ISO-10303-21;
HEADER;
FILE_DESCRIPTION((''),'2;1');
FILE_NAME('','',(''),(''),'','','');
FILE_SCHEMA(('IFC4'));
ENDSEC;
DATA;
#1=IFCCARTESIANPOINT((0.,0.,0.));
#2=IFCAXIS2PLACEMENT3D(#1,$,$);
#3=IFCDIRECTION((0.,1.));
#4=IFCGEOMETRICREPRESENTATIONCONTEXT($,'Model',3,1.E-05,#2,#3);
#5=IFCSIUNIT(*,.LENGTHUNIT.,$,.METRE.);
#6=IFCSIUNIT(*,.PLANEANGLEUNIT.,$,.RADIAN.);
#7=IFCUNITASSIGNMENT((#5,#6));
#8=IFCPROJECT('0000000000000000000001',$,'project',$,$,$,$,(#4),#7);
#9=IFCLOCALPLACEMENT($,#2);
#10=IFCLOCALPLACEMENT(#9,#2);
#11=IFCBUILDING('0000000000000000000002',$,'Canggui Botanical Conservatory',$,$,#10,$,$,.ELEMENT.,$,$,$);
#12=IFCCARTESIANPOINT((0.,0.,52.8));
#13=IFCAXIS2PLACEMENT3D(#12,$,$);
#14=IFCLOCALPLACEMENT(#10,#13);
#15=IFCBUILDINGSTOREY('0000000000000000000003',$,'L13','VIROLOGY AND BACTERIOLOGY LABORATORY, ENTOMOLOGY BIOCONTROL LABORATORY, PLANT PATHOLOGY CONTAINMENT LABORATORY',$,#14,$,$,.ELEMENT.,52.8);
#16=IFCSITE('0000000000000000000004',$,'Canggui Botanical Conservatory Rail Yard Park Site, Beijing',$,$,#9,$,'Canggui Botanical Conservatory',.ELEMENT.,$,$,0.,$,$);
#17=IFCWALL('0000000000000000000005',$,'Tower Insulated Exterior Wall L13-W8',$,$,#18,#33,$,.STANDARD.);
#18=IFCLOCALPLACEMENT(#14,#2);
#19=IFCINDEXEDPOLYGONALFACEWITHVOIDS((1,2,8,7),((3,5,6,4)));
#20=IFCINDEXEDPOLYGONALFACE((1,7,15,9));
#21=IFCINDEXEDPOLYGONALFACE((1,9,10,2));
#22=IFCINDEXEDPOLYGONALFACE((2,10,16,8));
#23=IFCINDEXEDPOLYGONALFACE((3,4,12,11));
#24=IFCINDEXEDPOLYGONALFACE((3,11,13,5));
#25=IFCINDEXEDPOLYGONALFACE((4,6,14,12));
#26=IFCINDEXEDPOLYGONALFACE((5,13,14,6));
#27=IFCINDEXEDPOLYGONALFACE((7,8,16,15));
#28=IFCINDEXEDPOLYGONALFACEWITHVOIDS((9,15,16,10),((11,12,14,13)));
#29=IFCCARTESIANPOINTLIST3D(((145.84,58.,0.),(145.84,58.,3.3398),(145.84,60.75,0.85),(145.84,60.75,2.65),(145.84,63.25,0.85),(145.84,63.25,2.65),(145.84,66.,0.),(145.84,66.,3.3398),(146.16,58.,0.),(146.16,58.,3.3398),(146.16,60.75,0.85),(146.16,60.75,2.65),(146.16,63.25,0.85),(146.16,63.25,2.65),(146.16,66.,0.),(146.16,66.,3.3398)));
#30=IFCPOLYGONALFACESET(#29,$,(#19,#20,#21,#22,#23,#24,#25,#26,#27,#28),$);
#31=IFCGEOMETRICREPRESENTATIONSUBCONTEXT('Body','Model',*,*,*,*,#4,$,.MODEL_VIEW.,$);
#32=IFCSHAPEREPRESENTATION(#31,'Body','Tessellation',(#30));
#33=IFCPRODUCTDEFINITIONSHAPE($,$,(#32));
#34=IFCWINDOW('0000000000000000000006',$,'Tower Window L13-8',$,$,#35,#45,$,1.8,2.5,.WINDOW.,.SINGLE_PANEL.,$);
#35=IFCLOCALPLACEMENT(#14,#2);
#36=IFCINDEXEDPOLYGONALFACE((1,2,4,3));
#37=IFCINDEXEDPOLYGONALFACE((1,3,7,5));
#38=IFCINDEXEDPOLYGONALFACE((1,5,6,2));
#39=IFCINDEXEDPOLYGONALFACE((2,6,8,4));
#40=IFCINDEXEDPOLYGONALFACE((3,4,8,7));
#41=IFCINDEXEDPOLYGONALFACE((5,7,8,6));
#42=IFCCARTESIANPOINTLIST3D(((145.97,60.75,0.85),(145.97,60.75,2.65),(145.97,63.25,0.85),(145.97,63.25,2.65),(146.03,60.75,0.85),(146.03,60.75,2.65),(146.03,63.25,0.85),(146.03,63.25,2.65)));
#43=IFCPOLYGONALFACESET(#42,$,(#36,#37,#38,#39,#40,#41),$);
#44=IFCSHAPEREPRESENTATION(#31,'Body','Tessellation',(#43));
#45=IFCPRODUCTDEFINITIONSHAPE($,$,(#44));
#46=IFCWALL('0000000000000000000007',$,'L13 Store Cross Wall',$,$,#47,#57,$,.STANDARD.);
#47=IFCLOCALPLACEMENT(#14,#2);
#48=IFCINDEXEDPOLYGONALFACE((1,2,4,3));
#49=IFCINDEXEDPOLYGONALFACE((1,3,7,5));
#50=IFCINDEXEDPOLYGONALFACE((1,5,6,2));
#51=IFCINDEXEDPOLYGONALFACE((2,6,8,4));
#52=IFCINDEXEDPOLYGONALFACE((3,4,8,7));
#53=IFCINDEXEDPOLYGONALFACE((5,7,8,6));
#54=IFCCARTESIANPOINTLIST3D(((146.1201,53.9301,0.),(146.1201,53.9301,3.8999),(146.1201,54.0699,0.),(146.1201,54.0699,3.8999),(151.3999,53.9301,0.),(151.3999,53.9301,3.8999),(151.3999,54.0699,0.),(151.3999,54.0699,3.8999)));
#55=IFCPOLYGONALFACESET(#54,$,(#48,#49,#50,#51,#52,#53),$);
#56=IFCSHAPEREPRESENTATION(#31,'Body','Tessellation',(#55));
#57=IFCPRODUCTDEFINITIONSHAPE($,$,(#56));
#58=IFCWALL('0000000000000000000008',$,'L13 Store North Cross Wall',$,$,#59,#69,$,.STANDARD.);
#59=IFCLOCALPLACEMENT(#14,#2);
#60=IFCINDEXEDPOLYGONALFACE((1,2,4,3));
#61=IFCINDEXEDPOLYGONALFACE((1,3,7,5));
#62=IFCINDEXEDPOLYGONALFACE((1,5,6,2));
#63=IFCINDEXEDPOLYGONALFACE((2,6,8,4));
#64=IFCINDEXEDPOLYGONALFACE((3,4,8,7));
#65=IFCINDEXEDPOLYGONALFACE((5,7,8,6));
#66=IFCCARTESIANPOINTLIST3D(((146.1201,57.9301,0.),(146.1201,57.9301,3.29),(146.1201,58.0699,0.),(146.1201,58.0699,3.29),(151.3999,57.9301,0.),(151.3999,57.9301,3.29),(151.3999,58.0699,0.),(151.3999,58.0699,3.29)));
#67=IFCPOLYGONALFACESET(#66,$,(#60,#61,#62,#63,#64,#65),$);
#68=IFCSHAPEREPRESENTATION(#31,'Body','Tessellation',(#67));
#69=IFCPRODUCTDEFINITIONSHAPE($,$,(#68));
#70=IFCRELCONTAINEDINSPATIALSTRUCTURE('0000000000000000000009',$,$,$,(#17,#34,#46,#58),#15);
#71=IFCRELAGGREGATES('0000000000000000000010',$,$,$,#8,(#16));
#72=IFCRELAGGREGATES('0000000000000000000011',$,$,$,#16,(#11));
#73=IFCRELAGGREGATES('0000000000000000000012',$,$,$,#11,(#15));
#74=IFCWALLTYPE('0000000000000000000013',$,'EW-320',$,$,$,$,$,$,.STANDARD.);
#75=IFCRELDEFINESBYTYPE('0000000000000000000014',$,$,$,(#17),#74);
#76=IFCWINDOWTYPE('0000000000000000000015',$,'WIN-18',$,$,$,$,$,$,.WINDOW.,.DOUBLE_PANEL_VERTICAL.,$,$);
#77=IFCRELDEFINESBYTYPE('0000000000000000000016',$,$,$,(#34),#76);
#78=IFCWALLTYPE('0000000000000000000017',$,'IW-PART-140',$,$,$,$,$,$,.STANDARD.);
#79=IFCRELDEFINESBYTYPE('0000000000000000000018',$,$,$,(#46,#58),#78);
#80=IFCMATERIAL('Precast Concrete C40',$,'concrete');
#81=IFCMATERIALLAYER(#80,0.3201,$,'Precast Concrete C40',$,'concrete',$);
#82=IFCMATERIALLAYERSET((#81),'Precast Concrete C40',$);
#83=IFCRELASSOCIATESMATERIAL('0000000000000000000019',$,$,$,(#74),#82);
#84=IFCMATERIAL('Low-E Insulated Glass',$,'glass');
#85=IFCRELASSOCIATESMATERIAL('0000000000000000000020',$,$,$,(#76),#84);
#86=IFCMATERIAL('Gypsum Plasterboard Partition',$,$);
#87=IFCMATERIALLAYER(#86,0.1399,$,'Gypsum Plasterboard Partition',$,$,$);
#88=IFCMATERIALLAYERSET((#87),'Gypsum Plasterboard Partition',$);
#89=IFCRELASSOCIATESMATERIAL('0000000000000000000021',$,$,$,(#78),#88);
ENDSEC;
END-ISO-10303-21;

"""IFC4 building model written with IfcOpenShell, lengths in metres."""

from ifc_helpers import new_model, si_unit, direction, frame, frame_2d, origin, place, context, subcontext, project, spatial, rectangle, extrude, material, layer, layer_set, type_object, element, fill, save


model = new_model("IFC4")

# Units and contexts
model_context = context("Model", 3, precision=1e-05, world=origin(), true_north=direction((0.0, 1.0)))
body_context = subcontext(model_context, "Body", "Model", "MODEL_VIEW")
ifc_project = project(units=[si_unit("LENGTHUNIT", "METRE"), si_unit("PLANEANGLEUNIT", "RADIAN")], contexts=[model_context])

# Site, building, storey
site_placement = place(None, origin())
site = spatial("IfcSite", under=ifc_project, at=site_placement, Name="Canggui Botanical Conservatory Rail Yard Park Site, Beijing", LongName="Canggui Botanical Conservatory", CompositionType="ELEMENT", RefElevation=0.0)
building_placement = place(site_placement, origin())
building = spatial("IfcBuilding", under=site, at=building_placement, Name="Canggui Botanical Conservatory", CompositionType="ELEMENT")
storey_placement = place(building_placement, frame((0.0, 0.0, 52.8)))
storey = spatial("IfcBuildingStorey", under=building, at=storey_placement, Name="L13", Description="VIROLOGY AND BACTERIOLOGY LABORATORY, ENTOMOLOGY BIOCONTROL LABORATORY, PLANT PATHOLOGY CONTAINMENT LABORATORY", CompositionType="ELEMENT", Elevation=52.8)

# Shared definitions
ifc_material_1 = material(Name="Low-E Insulated Glass", Category="glass")

# Wall, opening, window
ifc_material_2 = material(Name="Precast Concrete C40", Category="concrete")
ifc_layer_1 = layer(ifc_material_2, 0.3201, Name="Precast Concrete C40", Category="concrete")
ifc_layer_set_1 = layer_set([ifc_layer_1], Name="Precast Concrete C40")
wall_type_1 = type_object("IfcWallType", Name="EW-320", PredefinedType="STANDARD", material=ifc_layer_set_1)
wall_1_placement = place(storey_placement, frame((146.0, 58.0, 0.0), z_axis=(0.0, 0.0, 1.0), x_axis=(0.0, 1.0, 0.0)))
wall_1 = element("IfcWall", 1, at=wall_1_placement, inside=storey, type_object=wall_type_1, Name="Tower Insulated Exterior Wall L13-W8", PredefinedType="STANDARD", context=body_context, shape_type="SweptSolid", body=[
    extrude(rectangle(XDim=8.0, YDim=0.3201, at=frame_2d((4.0, 0.0))), origin(), (0.0, 0.0, 1.0), 3.3398),
])
opening_placement = place(wall_1_placement, frame((2.75, 0.0, 0.8501)))
opening = element("IfcOpeningElement", 2, at=opening_placement, cuts=wall_1, PredefinedType="OPENING", context=body_context, shape_type="SweptSolid", body=[
    extrude(rectangle(XDim=2.5, YDim=1.8, at=frame_2d((1.25, 0.8999))), frame((0.0, 0.1699, 0.0), z_axis=(0.0, -1.0, 0.0), x_axis=(1.0, 0.0, 0.0)), (0.0, 0.0, 1.0), 0.3401),
])
window_type = type_object("IfcWindowType", Name="WIN-18", PartitioningType="DOUBLE_PANEL_VERTICAL", PredefinedType="WINDOW", material=ifc_material_1)
window_placement = place(opening_placement, origin())
window = element("IfcWindow", 3, at=window_placement, inside=storey, type_object=window_type, Name="Tower Window L13-8", OverallHeight=1.8, OverallWidth=2.5, PartitioningType="SINGLE_PANEL", PredefinedType="WINDOW", context=body_context, shape_type="SweptSolid", body=[
    extrude(rectangle(XDim=2.5, YDim=1.8, at=frame_2d((1.25, 0.8999))), frame((0.0, 0.03, 0.0), z_axis=(0.0, -1.0, 0.0), x_axis=(1.0, 0.0, 0.0)), (0.0, 0.0, 1.0), 0.0601),
])
fill(opening, window)

# Walls
ifc_material_3 = material(Name="Gypsum Plasterboard Partition")
ifc_layer_2 = layer(ifc_material_3, 0.1399, Name="Gypsum Plasterboard Partition")
ifc_layer_set_2 = layer_set([ifc_layer_2], Name="Gypsum Plasterboard Partition")
wall_type_2 = type_object("IfcWallType", Name="IW-PART-140", PredefinedType="STANDARD", material=ifc_layer_set_2)
wall_2_placement = place(storey_placement, frame((146.1201, 54.0, 0.0), z_axis=(0.0, 0.0, 1.0), x_axis=(1.0, 0.0, 0.0)))
element("IfcWall", 4, at=wall_2_placement, inside=storey, type_object=wall_type_2, Name="L13 Store Cross Wall", PredefinedType="STANDARD", context=body_context, shape_type="SweptSolid", body=[
    extrude(rectangle(XDim=5.2798, YDim=0.1399, at=frame_2d((2.6399, 0.0))), origin(), (0.0, 0.0, 1.0), 3.8999),
])
wall_3_placement = place(storey_placement, frame((146.1201, 58.0, 0.0), z_axis=(0.0, 0.0, 1.0), x_axis=(1.0, 0.0, 0.0)))
element("IfcWall", 5, at=wall_3_placement, inside=storey, type_object=wall_type_2, Name="L13 Store North Cross Wall", PredefinedType="STANDARD", context=body_context, shape_type="SweptSolid", body=[
    extrude(rectangle(XDim=5.2798, YDim=0.1399, at=frame_2d((2.6399, 0.0))), origin(), (0.0, 0.0, 1.0), 3.29),
])

save(model, "model.ifc")
